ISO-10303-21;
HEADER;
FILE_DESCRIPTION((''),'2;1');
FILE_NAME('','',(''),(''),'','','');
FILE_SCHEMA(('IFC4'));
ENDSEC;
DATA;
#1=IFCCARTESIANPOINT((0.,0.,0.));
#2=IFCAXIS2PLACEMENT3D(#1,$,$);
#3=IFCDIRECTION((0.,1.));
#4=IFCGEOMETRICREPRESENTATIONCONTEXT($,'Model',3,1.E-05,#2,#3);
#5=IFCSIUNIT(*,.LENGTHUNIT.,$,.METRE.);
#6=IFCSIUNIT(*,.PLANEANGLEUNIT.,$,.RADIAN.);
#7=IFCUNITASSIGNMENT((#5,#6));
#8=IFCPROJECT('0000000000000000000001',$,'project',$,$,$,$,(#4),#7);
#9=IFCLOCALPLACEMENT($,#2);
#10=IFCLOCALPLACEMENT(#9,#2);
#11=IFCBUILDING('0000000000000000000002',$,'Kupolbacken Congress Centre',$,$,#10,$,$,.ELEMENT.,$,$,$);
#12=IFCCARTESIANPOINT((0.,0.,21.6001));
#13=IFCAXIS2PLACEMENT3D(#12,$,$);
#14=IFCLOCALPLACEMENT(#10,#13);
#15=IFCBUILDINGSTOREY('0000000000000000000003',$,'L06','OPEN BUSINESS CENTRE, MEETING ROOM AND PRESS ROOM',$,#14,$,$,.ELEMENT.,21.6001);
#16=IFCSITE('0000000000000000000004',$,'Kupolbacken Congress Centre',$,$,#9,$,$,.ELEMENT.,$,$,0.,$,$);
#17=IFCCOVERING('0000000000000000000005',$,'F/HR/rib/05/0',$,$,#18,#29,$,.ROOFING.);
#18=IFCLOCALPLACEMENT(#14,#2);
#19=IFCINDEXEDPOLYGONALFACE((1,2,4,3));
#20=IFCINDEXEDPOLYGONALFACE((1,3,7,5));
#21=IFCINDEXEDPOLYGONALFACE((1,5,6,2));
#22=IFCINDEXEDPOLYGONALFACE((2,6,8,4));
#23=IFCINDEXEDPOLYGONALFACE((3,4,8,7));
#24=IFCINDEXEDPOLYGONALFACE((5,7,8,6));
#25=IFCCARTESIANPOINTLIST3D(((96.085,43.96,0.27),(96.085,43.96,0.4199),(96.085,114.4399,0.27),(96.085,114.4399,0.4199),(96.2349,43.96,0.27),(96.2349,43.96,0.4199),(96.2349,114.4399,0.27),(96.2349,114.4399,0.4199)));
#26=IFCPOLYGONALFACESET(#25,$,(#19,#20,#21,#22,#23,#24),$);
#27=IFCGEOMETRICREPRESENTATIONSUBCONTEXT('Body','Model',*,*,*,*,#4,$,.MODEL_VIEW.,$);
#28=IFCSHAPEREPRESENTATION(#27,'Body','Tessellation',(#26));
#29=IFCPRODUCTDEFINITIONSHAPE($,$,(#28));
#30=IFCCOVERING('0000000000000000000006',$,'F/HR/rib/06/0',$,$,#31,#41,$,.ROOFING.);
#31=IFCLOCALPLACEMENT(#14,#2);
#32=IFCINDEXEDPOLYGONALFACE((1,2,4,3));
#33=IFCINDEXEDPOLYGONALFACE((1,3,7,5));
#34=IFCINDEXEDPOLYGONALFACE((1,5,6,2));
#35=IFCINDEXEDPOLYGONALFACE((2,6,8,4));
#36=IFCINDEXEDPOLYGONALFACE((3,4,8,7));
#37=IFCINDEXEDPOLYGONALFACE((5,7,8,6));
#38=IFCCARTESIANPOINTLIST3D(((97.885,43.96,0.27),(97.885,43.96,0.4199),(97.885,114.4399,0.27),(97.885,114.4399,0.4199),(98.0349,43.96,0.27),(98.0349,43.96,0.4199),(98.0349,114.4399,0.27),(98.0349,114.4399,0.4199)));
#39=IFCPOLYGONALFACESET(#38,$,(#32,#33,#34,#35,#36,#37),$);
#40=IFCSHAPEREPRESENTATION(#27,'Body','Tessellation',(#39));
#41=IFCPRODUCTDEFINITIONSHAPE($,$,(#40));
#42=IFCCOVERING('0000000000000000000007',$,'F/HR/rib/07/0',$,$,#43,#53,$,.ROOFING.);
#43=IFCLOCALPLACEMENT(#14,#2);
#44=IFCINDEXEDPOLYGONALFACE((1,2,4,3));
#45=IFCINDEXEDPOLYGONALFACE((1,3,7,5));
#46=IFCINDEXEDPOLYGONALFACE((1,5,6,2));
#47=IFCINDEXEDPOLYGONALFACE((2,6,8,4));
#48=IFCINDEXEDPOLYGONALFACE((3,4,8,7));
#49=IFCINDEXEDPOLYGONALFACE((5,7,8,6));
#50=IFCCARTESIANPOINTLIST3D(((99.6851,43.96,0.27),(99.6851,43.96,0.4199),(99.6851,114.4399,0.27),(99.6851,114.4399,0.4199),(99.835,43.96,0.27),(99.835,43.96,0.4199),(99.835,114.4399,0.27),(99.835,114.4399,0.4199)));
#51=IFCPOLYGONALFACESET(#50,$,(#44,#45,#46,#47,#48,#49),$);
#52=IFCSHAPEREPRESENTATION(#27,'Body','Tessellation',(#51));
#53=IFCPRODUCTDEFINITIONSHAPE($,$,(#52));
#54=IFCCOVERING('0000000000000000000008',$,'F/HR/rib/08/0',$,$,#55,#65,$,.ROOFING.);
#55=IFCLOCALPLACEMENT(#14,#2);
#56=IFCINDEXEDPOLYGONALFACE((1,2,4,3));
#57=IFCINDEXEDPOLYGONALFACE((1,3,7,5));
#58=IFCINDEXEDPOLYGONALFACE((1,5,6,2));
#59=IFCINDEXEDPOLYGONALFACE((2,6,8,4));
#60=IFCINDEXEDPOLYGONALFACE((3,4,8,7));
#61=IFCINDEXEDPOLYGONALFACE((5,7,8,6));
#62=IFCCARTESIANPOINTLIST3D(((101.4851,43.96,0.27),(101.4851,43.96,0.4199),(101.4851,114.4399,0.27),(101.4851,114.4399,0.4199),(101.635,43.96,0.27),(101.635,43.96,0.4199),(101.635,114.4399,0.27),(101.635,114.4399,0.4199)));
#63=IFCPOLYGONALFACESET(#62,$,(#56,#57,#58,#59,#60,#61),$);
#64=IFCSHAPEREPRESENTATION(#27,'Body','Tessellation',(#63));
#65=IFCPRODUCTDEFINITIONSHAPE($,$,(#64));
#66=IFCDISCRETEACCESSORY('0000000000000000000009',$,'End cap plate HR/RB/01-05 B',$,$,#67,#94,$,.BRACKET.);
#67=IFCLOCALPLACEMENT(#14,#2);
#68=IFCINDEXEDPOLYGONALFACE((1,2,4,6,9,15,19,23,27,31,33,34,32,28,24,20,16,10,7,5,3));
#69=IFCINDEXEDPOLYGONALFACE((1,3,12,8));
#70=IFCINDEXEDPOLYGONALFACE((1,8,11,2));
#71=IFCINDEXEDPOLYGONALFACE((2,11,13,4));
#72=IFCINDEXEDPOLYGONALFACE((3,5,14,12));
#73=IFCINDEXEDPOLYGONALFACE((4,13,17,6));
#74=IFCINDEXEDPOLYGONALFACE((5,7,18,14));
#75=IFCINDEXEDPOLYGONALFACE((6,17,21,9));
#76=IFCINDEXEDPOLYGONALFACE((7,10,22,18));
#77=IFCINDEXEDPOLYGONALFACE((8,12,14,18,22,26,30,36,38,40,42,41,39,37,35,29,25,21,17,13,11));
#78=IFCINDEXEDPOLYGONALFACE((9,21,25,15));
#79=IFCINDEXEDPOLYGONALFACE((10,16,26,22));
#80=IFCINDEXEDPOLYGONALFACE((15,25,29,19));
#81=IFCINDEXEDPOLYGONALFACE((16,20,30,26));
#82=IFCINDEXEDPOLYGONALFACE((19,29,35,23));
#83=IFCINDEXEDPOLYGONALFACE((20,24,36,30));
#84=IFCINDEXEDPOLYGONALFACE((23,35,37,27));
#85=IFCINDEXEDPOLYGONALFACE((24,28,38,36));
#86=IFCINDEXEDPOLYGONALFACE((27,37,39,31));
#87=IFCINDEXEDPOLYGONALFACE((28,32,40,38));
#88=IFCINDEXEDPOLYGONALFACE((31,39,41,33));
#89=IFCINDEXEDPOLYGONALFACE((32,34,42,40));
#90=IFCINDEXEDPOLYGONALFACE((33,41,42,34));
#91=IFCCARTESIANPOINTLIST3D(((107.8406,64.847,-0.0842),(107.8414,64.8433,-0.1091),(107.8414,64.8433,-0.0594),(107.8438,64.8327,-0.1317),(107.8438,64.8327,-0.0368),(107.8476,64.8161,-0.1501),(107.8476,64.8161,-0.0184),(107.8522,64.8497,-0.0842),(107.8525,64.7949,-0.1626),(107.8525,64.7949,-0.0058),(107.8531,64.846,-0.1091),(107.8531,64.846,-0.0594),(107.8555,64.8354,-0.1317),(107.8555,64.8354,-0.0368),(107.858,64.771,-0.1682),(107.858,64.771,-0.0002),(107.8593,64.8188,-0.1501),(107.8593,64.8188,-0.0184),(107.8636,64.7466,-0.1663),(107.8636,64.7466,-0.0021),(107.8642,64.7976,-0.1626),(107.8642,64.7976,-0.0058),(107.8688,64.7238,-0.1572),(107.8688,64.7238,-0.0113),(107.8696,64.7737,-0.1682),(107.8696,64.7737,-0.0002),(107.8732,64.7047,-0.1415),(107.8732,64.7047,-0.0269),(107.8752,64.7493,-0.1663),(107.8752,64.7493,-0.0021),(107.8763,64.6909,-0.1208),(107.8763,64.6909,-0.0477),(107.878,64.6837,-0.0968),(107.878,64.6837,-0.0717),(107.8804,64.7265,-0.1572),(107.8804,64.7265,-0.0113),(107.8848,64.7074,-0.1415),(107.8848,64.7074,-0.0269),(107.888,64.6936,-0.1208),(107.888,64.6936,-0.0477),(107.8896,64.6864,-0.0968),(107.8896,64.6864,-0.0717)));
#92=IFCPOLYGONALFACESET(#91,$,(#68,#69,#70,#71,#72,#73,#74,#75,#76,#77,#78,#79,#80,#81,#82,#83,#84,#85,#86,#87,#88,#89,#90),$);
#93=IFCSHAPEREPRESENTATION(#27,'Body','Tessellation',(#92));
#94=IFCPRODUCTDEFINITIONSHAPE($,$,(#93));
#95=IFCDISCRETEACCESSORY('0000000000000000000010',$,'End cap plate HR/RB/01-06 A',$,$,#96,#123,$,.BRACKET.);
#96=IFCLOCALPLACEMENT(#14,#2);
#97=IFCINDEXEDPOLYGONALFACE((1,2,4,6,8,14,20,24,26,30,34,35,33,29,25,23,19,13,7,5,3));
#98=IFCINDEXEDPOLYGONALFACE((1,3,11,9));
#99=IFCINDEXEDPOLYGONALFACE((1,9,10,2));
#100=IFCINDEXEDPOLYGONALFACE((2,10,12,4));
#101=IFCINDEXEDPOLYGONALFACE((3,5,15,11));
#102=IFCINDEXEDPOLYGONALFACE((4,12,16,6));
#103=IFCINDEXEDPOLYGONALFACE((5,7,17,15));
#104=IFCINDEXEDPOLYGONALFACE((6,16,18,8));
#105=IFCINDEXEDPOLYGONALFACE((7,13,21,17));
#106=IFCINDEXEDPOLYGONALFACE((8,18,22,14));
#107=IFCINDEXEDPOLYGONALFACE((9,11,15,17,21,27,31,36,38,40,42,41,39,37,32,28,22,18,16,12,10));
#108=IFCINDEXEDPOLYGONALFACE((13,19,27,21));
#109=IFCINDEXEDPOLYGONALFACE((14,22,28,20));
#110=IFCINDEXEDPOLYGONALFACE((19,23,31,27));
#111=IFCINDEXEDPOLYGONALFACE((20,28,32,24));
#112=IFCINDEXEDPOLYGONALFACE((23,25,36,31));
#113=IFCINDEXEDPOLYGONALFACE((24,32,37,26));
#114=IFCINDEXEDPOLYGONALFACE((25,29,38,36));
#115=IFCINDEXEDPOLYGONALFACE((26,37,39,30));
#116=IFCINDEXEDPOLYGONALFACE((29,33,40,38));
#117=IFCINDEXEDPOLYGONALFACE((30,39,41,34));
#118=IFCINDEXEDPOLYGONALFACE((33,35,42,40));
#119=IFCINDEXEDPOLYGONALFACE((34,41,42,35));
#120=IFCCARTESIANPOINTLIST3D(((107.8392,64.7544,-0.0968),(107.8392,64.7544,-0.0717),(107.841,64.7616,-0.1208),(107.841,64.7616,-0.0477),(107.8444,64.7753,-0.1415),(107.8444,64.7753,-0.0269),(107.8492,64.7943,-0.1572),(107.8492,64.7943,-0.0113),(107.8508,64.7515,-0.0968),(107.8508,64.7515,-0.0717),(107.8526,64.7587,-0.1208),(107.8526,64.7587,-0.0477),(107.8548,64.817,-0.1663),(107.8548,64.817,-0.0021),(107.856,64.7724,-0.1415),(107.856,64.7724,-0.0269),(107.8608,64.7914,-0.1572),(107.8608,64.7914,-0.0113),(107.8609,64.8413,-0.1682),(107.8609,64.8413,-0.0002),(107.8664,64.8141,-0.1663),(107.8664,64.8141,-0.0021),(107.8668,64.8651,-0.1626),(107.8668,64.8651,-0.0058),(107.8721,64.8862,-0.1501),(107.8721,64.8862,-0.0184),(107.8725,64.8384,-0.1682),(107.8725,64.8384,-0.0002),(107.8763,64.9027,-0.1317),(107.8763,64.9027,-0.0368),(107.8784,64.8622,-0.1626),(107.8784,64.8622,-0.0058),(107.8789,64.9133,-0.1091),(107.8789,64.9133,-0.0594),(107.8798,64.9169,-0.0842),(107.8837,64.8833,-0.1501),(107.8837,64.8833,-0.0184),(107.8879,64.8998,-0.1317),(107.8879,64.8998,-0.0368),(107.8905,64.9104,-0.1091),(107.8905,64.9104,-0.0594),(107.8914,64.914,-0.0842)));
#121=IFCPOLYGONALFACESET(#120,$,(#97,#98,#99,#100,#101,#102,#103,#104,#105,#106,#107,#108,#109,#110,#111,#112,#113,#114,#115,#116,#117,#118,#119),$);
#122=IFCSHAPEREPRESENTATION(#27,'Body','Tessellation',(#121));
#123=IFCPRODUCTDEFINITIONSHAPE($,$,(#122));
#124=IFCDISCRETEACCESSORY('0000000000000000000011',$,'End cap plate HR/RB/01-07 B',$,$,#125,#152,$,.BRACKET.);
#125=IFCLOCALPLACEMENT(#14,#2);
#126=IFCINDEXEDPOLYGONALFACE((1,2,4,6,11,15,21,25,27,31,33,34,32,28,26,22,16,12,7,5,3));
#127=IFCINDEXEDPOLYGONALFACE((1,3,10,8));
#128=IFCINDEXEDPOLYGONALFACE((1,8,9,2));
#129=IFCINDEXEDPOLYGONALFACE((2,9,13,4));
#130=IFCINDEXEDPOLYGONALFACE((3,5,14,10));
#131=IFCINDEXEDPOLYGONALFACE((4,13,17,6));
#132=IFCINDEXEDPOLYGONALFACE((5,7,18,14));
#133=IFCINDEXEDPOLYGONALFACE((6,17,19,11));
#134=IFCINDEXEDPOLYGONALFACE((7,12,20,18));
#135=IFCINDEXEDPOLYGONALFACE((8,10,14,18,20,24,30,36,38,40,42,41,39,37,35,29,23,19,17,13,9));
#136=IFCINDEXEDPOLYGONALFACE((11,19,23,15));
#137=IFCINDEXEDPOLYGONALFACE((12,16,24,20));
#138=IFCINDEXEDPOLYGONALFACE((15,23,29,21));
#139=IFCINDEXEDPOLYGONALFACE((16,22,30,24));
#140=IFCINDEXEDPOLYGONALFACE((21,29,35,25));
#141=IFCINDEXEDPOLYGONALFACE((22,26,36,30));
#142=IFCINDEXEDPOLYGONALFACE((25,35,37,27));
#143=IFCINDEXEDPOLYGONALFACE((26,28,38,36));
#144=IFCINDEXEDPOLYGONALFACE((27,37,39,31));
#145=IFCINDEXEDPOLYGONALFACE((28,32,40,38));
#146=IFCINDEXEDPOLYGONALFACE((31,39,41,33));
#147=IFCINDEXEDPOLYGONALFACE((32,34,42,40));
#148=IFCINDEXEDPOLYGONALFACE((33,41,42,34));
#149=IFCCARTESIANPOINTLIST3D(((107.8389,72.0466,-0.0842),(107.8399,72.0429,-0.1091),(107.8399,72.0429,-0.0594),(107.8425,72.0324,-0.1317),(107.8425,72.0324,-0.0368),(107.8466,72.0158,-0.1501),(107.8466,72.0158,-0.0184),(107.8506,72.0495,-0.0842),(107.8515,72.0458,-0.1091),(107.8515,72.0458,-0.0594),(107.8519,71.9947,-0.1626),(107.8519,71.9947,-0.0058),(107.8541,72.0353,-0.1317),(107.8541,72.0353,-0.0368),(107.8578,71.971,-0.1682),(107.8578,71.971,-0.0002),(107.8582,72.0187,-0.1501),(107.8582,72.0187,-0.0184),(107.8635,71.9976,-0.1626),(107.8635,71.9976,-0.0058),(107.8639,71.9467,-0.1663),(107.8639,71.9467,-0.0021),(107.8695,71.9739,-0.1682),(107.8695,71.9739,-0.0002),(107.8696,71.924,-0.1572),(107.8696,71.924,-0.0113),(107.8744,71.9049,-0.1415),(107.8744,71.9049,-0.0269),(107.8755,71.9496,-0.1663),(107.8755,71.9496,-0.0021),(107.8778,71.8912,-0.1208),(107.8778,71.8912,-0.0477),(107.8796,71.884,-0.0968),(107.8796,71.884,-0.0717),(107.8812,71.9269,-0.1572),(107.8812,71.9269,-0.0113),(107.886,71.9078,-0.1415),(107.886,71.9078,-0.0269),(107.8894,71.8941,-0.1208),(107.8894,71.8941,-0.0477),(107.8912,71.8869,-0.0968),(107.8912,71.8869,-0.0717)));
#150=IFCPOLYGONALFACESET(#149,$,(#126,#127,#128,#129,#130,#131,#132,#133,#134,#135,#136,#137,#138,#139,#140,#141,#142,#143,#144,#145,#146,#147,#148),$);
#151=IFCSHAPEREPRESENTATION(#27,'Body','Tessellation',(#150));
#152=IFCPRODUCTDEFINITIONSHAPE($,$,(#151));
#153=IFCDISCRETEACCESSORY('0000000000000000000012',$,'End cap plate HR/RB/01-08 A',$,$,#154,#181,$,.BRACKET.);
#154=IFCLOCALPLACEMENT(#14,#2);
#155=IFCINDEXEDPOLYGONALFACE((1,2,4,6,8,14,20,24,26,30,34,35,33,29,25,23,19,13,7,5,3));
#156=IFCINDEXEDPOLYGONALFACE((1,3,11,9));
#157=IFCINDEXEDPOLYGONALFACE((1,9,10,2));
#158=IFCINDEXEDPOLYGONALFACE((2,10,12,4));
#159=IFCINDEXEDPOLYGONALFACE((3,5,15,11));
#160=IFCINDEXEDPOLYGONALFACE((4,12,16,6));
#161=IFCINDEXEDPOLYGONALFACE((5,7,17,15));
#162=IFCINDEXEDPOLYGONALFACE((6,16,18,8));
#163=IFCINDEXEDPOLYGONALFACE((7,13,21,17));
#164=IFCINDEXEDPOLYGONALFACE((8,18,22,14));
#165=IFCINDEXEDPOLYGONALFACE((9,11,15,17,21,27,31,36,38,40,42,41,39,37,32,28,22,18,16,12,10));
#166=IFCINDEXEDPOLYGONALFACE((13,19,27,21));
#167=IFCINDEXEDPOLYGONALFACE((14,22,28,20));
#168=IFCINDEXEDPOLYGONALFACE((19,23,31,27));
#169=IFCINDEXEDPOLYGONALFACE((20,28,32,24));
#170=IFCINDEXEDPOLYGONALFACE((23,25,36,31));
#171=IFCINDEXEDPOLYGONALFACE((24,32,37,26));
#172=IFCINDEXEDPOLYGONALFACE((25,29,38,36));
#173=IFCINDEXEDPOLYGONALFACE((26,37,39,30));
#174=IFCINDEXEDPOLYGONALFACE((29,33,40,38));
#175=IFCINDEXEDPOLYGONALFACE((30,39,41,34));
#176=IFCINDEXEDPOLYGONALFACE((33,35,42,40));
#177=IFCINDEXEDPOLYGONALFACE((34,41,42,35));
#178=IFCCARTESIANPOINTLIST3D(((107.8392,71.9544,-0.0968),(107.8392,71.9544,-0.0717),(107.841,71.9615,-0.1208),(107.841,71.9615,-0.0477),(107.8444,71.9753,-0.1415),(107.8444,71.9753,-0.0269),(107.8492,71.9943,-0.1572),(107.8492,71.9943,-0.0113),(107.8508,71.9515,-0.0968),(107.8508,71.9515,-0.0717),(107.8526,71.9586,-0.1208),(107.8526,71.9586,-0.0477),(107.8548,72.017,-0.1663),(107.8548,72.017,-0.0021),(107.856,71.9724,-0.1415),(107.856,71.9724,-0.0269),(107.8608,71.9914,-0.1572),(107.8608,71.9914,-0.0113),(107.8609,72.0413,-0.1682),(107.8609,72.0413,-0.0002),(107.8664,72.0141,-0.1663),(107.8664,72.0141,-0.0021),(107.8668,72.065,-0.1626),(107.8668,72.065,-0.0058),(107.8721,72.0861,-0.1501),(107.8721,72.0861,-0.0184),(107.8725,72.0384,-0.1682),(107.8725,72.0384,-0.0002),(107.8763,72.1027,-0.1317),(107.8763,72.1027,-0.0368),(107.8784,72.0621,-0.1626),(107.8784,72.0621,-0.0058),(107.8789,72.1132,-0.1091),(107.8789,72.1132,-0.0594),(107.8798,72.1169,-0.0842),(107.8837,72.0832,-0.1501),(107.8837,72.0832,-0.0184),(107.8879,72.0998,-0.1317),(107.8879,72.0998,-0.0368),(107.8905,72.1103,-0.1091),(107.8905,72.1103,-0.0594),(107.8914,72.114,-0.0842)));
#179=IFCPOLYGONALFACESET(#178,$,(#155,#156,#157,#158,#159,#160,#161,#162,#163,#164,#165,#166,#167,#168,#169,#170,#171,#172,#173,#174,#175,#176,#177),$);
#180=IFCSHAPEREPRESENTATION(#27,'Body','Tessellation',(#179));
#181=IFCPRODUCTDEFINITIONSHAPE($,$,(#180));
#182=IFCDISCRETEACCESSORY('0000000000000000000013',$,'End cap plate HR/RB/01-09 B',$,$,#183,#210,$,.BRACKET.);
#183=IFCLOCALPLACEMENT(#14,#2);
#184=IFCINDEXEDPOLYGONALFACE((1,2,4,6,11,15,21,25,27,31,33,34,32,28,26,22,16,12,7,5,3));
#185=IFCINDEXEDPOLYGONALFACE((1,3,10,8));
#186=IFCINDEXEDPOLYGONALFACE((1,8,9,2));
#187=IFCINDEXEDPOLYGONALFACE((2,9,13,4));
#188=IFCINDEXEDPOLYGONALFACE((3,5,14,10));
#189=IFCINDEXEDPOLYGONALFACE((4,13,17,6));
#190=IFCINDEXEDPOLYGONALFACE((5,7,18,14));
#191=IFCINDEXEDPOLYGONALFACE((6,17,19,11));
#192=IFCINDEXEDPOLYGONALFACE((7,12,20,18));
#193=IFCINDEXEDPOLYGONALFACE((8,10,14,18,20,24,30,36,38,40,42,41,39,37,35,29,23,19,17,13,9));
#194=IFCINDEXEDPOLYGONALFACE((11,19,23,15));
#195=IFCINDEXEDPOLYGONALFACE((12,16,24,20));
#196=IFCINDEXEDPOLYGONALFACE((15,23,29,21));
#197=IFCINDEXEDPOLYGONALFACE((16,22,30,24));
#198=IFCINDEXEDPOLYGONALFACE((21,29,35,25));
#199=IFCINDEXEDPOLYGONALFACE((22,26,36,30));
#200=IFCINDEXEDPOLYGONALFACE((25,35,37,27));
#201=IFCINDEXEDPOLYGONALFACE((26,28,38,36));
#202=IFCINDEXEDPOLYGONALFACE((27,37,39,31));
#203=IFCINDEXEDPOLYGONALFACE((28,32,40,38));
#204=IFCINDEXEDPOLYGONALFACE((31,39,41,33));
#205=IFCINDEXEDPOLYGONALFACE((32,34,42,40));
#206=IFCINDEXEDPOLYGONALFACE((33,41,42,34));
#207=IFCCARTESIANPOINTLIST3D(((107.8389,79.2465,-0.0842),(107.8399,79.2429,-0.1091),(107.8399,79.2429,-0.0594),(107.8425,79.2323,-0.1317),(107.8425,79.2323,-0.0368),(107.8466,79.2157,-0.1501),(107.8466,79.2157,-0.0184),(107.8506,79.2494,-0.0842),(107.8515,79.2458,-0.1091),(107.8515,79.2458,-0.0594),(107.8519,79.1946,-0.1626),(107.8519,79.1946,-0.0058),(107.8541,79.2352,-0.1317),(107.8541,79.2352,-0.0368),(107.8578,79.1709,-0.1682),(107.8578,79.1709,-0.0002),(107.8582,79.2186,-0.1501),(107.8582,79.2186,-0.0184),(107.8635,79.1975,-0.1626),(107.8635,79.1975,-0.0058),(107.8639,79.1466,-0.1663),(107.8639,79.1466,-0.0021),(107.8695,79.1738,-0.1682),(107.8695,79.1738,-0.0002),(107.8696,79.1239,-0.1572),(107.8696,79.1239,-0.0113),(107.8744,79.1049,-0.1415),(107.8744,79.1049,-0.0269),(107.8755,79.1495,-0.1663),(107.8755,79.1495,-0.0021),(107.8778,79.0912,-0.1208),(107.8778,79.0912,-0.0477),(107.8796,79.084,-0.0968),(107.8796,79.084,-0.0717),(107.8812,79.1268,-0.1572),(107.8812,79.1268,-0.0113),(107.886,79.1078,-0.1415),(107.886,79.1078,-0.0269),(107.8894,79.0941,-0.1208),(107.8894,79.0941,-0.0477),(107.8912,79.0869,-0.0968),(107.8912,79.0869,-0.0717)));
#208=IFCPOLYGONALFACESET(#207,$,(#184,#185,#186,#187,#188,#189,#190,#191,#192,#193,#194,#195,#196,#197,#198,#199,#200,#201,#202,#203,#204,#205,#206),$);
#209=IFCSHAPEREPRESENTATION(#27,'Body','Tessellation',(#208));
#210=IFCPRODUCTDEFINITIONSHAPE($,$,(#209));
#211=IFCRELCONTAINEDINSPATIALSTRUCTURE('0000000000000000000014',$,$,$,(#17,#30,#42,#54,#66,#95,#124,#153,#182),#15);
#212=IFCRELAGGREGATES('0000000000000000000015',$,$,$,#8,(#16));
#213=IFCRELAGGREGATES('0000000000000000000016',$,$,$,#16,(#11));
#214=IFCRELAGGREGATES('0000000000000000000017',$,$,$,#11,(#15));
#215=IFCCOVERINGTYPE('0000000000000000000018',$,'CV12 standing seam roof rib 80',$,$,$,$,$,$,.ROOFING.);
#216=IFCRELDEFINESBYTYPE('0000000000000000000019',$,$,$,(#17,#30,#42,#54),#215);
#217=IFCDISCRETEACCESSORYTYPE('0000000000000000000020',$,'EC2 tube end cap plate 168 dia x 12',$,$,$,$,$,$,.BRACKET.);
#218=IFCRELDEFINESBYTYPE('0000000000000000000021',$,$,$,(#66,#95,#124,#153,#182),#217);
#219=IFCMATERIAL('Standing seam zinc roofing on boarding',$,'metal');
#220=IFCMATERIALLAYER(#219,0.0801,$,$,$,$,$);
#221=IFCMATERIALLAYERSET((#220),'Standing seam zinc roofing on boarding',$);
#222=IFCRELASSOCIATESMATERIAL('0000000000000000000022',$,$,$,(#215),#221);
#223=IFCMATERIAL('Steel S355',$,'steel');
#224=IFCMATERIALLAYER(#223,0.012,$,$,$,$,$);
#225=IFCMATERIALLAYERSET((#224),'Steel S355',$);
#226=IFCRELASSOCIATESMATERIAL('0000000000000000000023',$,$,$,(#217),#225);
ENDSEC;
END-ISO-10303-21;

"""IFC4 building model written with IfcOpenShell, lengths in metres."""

from ifc_helpers import new_model, si_unit, direction, frame, origin, origin_2d, place, context, subcontext, project, spatial, rectangle, circle, extrude, material, layer, layer_set, type_object, element, save


model = new_model("IFC4")

# Units and contexts
model_context = context("Model", 3, precision=1e-05, world=origin(), true_north=direction((0.0, 1.0)))
body_context = subcontext(model_context, "Body", "Model", "MODEL_VIEW")
ifc_project = project(units=[si_unit("LENGTHUNIT", "METRE"), si_unit("PLANEANGLEUNIT", "RADIAN")], contexts=[model_context])

# Site, building, storey
site_placement = place(None, origin())
site = spatial("IfcSite", under=ifc_project, at=site_placement, Name="Kupolbacken Congress Centre", CompositionType="ELEMENT", RefElevation=0.0)
building_placement = place(site_placement, origin())
building = spatial("IfcBuilding", under=site, at=building_placement, Name="Kupolbacken Congress Centre", CompositionType="ELEMENT")
storey_placement = place(building_placement, frame((0.0, 0.0, 21.6001)))
storey = spatial("IfcBuildingStorey", under=building, at=storey_placement, Name="L06", Description="OPEN BUSINESS CENTRE, MEETING ROOM AND PRESS ROOM", CompositionType="ELEMENT", Elevation=21.6001)

# Coverings
ifc_material_1 = material(Name="Standing seam zinc roofing on boarding", Category="metal")
ifc_layer_1 = layer(ifc_material_1, 0.0801)
ifc_layer_set_1 = layer_set([ifc_layer_1], Name="Standing seam zinc roofing on boarding")
covering_type = type_object("IfcCoveringType", Name="CV12 standing seam roof rib 80", PredefinedType="ROOFING", material=ifc_layer_set_1)
for number, where, z_axis, x_axis, name in (
    (1, (96.1599, 79.2, 0.27), (0.0, 0.0, 1.0), (0.0, 1.0, 0.0), "F/HR/rib/05/0"),
    (2, (97.96, 79.2, 0.27), (0.0, 0.0, 1.0), (0.0, 1.0, 0.0), "F/HR/rib/06/0"),
    (3, (99.76, 79.2, 0.27), (0.0, 0.0, 1.0), (0.0, 1.0, 0.0), "F/HR/rib/07/0"),
    (4, (101.5601, 79.2, 0.27), (0.0, 0.0, 1.0), (0.0, 1.0, 0.0), "F/HR/rib/08/0"),
):
    element("IfcCovering", number, at=place(storey_placement, frame(where, z_axis=z_axis, x_axis=x_axis)), inside=storey, type_object=covering_type, Name=name, PredefinedType="ROOFING", context=body_context, shape_type="SweptSolid", body=[
        extrude(rectangle(XDim=70.48, YDim=0.1499, at=origin_2d()), origin(), (0.0, 0.0, 1.0), 0.1499),
    ])

# Discrete accessories
ifc_material_2 = material(Name="Steel S355", Category="steel")
ifc_layer_2 = layer(ifc_material_2, 0.012)
ifc_layer_set_2 = layer_set([ifc_layer_2], Name="Steel S355")
discrete_accessory_type = type_object("IfcDiscreteAccessoryType", Name="EC2 tube end cap plate 168 dia x 12", PredefinedType="BRACKET", material=ifc_layer_set_2)
for number, where, z_axis, x_axis, name in (
    (5, (107.8594, 64.7649, -0.0842), (0.974732, 0.223376, 0.0), (-0.223376, 0.974732, 0.0), "End cap plate HR/RB/01-05 B"),
    (6, (107.8594, 64.8352, -0.0842), (0.970143, -0.242536, 0.0), (0.242536, 0.970143, 0.0), "End cap plate HR/RB/01-06 A"),
    (7, (107.8594, 71.9648, -0.0842), (0.970143, 0.242536, 0.0), (-0.242536, 0.970143, 0.0), "End cap plate HR/RB/01-07 B"),
    (8, (107.8594, 72.0352, -0.0842), (0.970143, -0.242536, 0.0), (0.242536, 0.970143, 0.0), "End cap plate HR/RB/01-08 A"),
    (9, (107.8594, 79.1648, -0.0842), (0.970143, 0.242536, 0.0), (-0.242536, 0.970143, 0.0), "End cap plate HR/RB/01-09 B"),
):
    element("IfcDiscreteAccessory", number, at=place(storey_placement, frame(where, z_axis=z_axis, x_axis=x_axis)), inside=storey, type_object=discrete_accessory_type, Name=name, PredefinedType="BRACKET", context=body_context, shape_type="SweptSolid", body=[
        extrude(circle(Radius=0.0842, at=origin_2d()), origin(), (0.0, 0.0, 1.0), 0.012),
    ])

save(model, "model.ifc")
